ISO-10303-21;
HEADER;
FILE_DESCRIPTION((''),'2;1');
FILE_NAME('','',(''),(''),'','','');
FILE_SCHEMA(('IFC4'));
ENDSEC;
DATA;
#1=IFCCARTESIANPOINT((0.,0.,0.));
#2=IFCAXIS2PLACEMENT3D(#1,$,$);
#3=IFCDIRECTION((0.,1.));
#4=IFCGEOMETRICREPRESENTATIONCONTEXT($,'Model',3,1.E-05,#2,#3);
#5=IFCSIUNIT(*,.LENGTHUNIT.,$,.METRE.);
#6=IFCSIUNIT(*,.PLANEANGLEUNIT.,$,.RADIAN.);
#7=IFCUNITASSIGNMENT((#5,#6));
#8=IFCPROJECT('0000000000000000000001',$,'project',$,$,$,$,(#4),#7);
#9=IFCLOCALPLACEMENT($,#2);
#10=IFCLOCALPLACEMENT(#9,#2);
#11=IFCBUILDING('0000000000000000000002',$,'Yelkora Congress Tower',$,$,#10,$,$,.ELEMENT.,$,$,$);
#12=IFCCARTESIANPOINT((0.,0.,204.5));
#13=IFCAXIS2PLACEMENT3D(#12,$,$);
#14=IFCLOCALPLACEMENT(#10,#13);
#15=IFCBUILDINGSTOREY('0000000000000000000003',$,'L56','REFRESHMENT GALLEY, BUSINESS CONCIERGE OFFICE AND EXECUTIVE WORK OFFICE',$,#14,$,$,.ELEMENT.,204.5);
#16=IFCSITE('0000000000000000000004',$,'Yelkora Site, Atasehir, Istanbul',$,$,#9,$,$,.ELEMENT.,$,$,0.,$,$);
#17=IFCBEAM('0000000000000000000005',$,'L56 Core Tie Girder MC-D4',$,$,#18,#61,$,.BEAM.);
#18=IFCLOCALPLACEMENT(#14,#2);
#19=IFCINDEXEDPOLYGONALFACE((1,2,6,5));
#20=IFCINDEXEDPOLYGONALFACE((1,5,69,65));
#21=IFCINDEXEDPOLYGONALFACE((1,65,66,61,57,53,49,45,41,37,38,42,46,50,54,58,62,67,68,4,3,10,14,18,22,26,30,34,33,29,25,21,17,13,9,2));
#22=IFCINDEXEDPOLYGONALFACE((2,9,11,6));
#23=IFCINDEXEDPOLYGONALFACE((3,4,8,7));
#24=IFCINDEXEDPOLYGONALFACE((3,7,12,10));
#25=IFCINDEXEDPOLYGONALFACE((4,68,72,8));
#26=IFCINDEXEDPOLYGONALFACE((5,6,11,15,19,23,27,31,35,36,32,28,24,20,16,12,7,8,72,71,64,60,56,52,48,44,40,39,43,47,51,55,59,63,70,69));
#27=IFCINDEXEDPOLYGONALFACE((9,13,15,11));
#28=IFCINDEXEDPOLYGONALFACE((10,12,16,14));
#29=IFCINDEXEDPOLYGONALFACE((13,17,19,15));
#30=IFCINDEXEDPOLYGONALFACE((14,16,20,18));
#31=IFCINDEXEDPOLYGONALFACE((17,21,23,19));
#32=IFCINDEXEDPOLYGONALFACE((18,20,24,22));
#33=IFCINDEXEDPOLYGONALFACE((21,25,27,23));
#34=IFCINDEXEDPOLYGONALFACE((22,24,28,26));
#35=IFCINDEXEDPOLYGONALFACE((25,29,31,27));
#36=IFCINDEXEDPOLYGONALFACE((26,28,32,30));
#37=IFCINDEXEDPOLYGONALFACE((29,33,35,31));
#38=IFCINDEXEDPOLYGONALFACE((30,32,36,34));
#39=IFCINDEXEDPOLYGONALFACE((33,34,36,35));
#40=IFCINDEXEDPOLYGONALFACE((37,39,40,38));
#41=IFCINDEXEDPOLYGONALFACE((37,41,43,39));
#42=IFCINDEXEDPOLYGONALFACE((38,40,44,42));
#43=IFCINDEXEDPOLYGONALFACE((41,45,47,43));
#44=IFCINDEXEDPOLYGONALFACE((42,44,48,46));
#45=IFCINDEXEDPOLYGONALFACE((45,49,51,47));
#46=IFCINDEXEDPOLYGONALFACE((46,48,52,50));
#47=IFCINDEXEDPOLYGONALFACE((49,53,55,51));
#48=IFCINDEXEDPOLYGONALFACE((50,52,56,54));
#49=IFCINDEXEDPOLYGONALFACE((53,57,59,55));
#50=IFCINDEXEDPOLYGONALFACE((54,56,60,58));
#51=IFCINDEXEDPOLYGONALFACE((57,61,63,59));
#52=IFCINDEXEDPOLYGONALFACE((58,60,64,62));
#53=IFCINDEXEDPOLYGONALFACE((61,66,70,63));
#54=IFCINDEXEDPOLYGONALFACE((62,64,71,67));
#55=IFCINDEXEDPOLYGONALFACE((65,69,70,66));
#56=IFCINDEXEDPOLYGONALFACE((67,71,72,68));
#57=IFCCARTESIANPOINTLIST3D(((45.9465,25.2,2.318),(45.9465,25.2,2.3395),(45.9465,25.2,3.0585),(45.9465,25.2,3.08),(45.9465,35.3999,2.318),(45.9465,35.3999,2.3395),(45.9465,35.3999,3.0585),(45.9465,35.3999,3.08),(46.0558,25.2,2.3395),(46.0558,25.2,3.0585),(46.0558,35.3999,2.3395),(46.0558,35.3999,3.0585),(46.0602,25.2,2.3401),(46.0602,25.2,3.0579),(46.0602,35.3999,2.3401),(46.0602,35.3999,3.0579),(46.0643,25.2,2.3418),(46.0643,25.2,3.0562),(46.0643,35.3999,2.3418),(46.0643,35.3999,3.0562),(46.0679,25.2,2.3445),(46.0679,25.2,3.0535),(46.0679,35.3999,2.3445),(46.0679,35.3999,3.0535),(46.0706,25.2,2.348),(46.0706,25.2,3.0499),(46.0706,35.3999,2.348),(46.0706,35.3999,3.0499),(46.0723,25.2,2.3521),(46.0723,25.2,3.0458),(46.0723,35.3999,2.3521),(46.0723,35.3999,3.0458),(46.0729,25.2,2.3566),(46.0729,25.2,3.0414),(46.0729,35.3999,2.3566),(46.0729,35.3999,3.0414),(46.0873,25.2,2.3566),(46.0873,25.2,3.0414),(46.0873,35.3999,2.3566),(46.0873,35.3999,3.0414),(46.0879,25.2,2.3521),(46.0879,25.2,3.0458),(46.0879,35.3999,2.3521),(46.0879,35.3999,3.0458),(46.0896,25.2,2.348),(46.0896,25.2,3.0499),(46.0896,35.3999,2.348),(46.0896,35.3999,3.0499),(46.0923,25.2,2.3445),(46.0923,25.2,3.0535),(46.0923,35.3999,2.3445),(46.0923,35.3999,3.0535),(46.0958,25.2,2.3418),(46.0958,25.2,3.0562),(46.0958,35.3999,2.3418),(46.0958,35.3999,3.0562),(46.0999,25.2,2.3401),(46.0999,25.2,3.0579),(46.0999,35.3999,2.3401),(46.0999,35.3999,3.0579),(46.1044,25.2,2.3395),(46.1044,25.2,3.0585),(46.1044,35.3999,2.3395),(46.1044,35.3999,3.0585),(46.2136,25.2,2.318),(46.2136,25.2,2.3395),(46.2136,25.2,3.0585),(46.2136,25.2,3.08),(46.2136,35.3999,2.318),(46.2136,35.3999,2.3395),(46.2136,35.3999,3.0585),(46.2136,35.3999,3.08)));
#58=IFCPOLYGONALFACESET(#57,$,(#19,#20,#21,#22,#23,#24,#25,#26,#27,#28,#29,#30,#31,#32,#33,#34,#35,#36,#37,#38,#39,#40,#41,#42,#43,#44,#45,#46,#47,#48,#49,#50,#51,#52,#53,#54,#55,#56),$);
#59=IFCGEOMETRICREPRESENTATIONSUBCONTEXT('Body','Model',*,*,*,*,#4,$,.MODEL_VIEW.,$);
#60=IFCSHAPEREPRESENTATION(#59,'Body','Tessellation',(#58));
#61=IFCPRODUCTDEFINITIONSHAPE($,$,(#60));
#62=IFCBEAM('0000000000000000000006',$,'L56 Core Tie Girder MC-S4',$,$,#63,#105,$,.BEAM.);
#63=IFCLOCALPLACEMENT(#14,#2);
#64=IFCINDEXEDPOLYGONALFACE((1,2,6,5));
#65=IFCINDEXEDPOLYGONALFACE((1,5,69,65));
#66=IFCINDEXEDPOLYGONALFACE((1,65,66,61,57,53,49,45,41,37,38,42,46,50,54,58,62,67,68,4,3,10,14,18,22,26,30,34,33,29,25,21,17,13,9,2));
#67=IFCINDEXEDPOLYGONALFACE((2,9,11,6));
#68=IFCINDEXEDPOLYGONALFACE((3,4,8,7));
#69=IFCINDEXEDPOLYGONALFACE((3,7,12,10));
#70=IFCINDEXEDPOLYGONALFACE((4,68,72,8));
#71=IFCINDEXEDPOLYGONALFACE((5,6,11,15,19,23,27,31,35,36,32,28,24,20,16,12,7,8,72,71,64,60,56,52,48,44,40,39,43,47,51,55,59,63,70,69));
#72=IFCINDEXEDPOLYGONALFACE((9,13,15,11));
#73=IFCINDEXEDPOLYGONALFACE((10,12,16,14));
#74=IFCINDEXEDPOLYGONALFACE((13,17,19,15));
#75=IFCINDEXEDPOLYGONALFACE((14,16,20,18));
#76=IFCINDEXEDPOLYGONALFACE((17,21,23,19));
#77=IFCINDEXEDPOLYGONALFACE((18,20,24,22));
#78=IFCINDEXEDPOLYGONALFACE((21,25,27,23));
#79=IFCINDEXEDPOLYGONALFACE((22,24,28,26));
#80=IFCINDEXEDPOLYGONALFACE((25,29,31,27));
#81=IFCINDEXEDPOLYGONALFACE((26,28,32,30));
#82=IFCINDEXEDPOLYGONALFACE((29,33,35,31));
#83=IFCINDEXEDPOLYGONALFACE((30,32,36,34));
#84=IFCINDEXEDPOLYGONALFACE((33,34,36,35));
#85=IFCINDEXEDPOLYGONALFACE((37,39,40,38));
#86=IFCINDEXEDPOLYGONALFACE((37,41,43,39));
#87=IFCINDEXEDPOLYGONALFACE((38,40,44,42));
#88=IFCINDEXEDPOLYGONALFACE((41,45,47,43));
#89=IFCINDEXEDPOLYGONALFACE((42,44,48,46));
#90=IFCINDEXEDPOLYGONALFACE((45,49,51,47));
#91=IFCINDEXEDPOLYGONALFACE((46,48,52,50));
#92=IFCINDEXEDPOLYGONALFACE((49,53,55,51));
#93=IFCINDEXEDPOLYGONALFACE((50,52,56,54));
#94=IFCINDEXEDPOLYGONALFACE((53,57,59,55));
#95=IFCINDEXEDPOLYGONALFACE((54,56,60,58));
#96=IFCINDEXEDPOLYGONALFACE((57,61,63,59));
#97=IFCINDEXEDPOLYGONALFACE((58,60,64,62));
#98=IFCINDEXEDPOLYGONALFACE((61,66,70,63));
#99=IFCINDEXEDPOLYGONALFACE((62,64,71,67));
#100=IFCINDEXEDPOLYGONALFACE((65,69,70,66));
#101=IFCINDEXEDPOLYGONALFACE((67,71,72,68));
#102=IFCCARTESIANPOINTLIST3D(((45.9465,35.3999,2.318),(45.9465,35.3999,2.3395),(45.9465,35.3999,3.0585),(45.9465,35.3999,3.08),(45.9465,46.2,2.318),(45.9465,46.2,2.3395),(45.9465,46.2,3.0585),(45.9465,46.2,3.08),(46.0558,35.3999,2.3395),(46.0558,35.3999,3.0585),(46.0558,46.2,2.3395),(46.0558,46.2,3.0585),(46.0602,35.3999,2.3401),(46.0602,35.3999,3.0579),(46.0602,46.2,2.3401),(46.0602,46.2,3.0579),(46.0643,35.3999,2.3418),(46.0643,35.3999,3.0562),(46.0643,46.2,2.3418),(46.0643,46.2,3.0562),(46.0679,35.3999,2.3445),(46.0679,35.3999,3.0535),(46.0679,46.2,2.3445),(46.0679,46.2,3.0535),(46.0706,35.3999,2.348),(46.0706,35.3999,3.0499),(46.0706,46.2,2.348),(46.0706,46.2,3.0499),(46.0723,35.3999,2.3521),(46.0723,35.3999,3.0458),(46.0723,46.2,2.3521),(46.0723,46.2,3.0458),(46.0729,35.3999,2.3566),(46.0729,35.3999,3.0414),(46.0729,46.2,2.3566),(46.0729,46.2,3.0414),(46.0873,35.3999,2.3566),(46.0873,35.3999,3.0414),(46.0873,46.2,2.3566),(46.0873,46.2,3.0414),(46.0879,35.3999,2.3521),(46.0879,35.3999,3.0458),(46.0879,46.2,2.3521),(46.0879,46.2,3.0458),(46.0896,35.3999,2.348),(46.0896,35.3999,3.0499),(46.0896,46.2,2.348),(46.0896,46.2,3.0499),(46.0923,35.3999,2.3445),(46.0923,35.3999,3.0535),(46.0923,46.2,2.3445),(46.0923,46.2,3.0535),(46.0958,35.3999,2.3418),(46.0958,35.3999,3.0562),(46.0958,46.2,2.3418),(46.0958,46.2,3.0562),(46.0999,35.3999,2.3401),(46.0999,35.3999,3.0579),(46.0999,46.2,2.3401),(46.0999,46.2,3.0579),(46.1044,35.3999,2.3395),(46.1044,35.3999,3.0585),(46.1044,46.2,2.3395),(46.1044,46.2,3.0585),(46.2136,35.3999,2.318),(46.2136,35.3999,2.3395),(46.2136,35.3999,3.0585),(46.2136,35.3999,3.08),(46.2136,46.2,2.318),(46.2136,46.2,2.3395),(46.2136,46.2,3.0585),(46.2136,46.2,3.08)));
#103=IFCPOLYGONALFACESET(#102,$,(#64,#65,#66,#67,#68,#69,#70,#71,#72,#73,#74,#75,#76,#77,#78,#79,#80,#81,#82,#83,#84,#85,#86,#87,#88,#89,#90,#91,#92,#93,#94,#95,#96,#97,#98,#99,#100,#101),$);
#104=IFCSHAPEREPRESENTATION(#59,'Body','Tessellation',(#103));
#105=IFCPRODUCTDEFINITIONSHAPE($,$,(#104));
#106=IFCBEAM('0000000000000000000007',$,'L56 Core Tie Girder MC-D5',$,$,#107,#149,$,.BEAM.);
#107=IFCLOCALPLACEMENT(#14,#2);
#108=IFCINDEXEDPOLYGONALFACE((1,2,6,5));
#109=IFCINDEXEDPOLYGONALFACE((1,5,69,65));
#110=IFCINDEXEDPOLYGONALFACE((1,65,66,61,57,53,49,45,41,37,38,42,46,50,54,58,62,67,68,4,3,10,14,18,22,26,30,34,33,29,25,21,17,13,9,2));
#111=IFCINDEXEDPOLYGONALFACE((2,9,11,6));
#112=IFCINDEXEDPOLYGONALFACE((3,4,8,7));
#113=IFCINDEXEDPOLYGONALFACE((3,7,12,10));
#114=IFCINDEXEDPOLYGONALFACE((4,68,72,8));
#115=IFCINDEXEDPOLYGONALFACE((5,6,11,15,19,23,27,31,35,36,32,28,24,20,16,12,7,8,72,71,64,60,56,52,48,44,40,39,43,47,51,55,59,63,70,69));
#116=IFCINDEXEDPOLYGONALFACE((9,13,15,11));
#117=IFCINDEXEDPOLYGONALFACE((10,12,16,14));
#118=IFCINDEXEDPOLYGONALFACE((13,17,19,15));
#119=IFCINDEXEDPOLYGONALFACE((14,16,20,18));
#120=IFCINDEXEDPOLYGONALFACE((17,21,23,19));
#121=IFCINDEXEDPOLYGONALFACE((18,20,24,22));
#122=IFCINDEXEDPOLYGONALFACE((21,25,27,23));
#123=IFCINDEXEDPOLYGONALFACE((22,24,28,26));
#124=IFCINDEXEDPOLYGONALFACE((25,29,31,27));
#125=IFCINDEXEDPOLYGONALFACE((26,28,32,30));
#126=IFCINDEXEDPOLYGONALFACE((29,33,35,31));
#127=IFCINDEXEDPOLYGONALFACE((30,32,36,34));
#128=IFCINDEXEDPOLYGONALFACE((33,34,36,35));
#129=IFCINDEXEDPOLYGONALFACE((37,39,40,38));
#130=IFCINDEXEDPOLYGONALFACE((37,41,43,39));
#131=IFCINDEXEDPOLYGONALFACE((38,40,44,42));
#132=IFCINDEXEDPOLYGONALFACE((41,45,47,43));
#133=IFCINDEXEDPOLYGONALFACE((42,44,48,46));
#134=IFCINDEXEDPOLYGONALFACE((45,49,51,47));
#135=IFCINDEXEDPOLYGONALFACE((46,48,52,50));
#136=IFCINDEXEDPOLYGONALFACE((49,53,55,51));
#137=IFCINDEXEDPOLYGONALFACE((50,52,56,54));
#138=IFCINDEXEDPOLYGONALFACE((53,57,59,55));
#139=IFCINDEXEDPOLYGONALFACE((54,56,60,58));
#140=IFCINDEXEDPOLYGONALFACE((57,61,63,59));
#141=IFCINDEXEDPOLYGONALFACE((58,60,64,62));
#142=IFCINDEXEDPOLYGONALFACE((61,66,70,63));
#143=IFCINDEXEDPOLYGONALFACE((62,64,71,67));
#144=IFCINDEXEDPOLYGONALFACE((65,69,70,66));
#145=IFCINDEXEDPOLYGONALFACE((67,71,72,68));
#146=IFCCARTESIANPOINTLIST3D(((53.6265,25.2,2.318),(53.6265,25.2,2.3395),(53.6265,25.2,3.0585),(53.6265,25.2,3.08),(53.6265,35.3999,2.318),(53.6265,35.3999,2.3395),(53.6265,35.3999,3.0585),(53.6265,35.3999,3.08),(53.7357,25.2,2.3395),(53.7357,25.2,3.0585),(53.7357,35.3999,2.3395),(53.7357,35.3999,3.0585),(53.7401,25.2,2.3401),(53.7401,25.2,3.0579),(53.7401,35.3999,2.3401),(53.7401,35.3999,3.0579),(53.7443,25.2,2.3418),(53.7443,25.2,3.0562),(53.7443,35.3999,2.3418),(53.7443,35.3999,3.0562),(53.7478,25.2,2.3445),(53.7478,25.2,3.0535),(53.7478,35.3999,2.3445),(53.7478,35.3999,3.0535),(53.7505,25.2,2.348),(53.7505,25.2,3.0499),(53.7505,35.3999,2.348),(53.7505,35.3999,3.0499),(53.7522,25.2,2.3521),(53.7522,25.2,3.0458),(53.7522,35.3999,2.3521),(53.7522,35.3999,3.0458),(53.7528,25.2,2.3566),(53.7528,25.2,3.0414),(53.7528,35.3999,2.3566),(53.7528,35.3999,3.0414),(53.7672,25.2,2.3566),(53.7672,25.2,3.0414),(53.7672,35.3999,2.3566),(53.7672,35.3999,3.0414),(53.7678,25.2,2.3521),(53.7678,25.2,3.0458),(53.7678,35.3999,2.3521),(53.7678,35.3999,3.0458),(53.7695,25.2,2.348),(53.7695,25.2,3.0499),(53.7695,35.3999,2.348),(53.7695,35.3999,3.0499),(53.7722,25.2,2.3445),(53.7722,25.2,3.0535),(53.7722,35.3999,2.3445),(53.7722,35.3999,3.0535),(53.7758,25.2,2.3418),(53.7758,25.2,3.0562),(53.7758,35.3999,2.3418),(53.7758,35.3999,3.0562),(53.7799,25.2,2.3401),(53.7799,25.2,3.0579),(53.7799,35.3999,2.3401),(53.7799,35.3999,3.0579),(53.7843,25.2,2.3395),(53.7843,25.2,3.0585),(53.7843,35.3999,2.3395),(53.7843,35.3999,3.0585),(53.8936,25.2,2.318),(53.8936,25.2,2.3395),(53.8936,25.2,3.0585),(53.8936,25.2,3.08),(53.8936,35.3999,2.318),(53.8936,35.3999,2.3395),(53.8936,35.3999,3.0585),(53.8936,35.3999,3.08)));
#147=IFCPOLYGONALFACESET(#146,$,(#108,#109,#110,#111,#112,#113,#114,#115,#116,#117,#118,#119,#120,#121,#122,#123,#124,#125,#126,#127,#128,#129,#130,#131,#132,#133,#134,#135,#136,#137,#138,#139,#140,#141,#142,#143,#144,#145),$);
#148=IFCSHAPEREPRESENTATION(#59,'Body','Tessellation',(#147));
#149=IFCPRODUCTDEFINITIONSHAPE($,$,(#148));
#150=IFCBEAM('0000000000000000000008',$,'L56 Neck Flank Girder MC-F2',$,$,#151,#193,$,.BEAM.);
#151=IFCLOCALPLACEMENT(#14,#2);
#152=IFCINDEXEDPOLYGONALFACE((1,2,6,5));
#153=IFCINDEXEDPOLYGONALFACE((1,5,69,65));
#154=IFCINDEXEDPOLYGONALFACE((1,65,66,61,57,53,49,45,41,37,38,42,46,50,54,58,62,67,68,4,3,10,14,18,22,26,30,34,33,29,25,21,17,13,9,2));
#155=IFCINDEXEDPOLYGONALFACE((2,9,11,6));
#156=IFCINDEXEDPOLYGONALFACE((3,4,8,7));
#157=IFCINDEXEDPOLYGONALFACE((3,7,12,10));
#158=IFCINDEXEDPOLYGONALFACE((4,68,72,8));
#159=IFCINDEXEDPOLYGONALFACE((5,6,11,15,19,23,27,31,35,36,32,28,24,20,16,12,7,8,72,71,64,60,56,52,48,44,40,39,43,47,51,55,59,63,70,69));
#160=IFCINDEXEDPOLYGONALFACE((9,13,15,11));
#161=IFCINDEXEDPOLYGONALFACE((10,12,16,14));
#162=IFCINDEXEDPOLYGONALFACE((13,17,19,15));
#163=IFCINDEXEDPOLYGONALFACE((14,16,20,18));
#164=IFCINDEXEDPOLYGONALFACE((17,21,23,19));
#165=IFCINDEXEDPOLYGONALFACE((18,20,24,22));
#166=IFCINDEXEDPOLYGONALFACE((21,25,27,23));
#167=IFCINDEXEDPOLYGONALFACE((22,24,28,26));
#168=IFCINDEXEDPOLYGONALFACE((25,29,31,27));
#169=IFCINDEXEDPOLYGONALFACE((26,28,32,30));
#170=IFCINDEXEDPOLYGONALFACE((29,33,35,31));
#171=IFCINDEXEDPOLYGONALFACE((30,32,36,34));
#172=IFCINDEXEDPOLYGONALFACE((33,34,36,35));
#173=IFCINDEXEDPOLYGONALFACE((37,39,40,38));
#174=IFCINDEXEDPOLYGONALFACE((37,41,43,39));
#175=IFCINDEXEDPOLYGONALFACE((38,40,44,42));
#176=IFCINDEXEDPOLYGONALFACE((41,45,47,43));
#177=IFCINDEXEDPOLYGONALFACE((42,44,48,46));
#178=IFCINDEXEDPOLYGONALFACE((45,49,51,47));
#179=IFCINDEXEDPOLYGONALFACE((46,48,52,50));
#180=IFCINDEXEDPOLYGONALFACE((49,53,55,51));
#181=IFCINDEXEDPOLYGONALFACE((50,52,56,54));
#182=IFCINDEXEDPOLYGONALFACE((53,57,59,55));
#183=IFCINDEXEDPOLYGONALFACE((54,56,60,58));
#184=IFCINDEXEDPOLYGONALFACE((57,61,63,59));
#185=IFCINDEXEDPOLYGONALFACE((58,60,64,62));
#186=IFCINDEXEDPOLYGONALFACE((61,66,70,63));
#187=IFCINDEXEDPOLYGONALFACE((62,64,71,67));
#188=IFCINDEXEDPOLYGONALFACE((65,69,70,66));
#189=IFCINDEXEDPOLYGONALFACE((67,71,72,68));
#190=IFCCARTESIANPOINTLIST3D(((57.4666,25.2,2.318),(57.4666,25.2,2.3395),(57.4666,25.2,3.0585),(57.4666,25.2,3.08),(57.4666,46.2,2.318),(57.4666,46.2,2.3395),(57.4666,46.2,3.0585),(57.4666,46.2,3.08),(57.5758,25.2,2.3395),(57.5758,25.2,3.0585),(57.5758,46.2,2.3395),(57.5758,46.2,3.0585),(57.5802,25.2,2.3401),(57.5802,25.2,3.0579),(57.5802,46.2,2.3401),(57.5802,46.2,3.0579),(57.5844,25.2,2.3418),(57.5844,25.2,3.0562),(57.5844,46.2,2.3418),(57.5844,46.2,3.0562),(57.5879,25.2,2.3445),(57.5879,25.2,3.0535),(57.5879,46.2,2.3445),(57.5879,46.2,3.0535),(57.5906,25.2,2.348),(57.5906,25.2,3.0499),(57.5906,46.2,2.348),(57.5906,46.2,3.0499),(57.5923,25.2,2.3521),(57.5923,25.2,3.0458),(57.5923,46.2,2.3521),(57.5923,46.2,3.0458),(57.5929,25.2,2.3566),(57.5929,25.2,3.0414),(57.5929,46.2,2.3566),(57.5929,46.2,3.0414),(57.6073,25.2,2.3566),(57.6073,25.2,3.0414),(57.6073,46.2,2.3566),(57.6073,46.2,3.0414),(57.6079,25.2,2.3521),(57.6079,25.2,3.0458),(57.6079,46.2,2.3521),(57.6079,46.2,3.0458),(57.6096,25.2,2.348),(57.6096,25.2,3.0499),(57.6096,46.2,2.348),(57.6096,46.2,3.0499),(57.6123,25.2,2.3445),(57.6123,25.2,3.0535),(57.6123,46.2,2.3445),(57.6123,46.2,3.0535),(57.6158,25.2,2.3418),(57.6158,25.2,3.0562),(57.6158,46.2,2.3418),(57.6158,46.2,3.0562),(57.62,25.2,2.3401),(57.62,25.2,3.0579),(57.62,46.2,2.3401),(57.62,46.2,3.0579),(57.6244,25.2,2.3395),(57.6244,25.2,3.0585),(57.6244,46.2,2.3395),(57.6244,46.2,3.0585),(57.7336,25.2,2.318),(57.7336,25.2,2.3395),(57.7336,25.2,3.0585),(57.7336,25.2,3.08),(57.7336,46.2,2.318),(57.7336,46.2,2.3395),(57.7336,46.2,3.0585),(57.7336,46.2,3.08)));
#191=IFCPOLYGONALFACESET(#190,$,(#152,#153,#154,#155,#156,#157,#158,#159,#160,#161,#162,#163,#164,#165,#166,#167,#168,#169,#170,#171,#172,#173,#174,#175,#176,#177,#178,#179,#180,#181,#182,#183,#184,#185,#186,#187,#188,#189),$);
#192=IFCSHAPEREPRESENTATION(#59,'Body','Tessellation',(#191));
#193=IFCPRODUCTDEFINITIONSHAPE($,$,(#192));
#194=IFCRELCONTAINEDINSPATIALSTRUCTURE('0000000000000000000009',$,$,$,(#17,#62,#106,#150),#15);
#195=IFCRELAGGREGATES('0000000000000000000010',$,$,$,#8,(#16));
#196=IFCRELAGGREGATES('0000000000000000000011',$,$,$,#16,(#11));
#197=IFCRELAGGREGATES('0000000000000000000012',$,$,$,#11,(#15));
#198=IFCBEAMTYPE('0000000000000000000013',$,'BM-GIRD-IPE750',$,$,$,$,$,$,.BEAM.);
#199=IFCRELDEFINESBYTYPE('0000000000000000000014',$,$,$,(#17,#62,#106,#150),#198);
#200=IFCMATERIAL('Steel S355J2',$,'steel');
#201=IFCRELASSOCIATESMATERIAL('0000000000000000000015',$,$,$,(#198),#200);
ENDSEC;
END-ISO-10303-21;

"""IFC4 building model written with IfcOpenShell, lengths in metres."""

from ifc_helpers import new_model, si_unit, direction, frame, origin, origin_2d, place, context, subcontext, project, spatial, i_section, extrude, material, material_profile, profile_set, type_object, element, save


model = new_model("IFC4")

# Units and contexts
model_context = context("Model", 3, precision=1e-05, world=origin(), true_north=direction((0.0, 1.0)))
body_context = subcontext(model_context, "Body", "Model", "MODEL_VIEW")
ifc_project = project(units=[si_unit("LENGTHUNIT", "METRE"), si_unit("PLANEANGLEUNIT", "RADIAN")], contexts=[model_context])

# Site, building, storey
site_placement = place(None, origin())
site = spatial("IfcSite", under=ifc_project, at=site_placement, Name="Yelkora Site, Atasehir, Istanbul", CompositionType="ELEMENT", RefElevation=0.0)
building_placement = place(site_placement, origin())
building = spatial("IfcBuilding", under=site, at=building_placement, Name="Yelkora Congress Tower", CompositionType="ELEMENT")
storey_placement = place(building_placement, frame((0.0, 0.0, 204.5)))
storey = spatial("IfcBuildingStorey", under=building, at=storey_placement, Name="L56", Description="REFRESHMENT GALLEY, BUSINESS CONCIERGE OFFICE AND EXECUTIVE WORK OFFICE", CompositionType="ELEMENT", Elevation=204.5)

# Beams
ifc_material_1 = material(Name="Steel S355J2", Category="steel")
ifc_material_profile_1 = material_profile(ifc_material_1, i_section(OverallWidth=0.2671, OverallDepth=0.762, WebThickness=0.0144, FlangeThickness=0.0215, FilletRadius=0.0171, at=origin_2d()), Name="IPE 750x173")
ifc_profile_set_1 = profile_set([ifc_material_profile_1], Name="Steel S355J2")
beam_type_1 = type_object("IfcBeamType", Name="BM-GIRD-IPE750", PredefinedType="BEAM", material=ifc_profile_set_1)
beam_1_placement = place(storey_placement, frame((46.0801, 25.2, 2.699), z_axis=(0.0, 1.0, 0.0), x_axis=(-1.0, 0.0, 0.0)))
element("IfcBeam", 1, at=beam_1_placement, inside=storey, type_object=beam_type_1, Name="L56 Core Tie Girder MC-D4", PredefinedType="BEAM", context=body_context, shape_type="SweptSolid", body=[
    extrude(i_section(OverallWidth=0.2671, OverallDepth=0.762, WebThickness=0.0144, FlangeThickness=0.0215, FilletRadius=0.0171, at=origin_2d()), origin(), (0.0, 0.0, 1.0), 10.2),
])
beam_2_placement = place(storey_placement, frame((46.0801, 35.3999, 2.699), z_axis=(0.0, 1.0, 0.0), x_axis=(-1.0, 0.0, 0.0)))
element("IfcBeam", 2, at=beam_2_placement, inside=storey, type_object=beam_type_1, Name="L56 Core Tie Girder MC-S4", PredefinedType="BEAM", context=body_context, shape_type="SweptSolid", body=[
    extrude(i_section(OverallWidth=0.2671, OverallDepth=0.762, WebThickness=0.0144, FlangeThickness=0.0215, FilletRadius=0.0171, at=origin_2d()), origin(), (0.0, 0.0, 1.0), 10.8),
])
beam_3_placement = place(storey_placement, frame((53.76, 25.2, 2.699), z_axis=(0.0, 1.0, 0.0), x_axis=(-1.0, 0.0, 0.0)))
element("IfcBeam", 3, at=beam_3_placement, inside=storey, type_object=beam_type_1, Name="L56 Core Tie Girder MC-D5", PredefinedType="BEAM", context=body_context, shape_type="SweptSolid", body=[
    extrude(i_section(OverallWidth=0.2671, OverallDepth=0.762, WebThickness=0.0144, FlangeThickness=0.0215, FilletRadius=0.0171, at=origin_2d()), origin(), (0.0, 0.0, 1.0), 10.2),
])
beam_4_placement = place(storey_placement, frame((57.6001, 25.2, 2.699), z_axis=(0.0, 1.0, 0.0), x_axis=(-1.0, 0.0, 0.0)))
element("IfcBeam", 4, at=beam_4_placement, inside=storey, type_object=beam_type_1, Name="L56 Neck Flank Girder MC-F2", PredefinedType="BEAM", context=body_context, shape_type="SweptSolid", body=[
    extrude(i_section(OverallWidth=0.2671, OverallDepth=0.762, WebThickness=0.0144, FlangeThickness=0.0215, FilletRadius=0.0171, at=origin_2d()), origin(), (0.0, 0.0, 1.0), 21.0),
])

save(model, "model.ifc")
